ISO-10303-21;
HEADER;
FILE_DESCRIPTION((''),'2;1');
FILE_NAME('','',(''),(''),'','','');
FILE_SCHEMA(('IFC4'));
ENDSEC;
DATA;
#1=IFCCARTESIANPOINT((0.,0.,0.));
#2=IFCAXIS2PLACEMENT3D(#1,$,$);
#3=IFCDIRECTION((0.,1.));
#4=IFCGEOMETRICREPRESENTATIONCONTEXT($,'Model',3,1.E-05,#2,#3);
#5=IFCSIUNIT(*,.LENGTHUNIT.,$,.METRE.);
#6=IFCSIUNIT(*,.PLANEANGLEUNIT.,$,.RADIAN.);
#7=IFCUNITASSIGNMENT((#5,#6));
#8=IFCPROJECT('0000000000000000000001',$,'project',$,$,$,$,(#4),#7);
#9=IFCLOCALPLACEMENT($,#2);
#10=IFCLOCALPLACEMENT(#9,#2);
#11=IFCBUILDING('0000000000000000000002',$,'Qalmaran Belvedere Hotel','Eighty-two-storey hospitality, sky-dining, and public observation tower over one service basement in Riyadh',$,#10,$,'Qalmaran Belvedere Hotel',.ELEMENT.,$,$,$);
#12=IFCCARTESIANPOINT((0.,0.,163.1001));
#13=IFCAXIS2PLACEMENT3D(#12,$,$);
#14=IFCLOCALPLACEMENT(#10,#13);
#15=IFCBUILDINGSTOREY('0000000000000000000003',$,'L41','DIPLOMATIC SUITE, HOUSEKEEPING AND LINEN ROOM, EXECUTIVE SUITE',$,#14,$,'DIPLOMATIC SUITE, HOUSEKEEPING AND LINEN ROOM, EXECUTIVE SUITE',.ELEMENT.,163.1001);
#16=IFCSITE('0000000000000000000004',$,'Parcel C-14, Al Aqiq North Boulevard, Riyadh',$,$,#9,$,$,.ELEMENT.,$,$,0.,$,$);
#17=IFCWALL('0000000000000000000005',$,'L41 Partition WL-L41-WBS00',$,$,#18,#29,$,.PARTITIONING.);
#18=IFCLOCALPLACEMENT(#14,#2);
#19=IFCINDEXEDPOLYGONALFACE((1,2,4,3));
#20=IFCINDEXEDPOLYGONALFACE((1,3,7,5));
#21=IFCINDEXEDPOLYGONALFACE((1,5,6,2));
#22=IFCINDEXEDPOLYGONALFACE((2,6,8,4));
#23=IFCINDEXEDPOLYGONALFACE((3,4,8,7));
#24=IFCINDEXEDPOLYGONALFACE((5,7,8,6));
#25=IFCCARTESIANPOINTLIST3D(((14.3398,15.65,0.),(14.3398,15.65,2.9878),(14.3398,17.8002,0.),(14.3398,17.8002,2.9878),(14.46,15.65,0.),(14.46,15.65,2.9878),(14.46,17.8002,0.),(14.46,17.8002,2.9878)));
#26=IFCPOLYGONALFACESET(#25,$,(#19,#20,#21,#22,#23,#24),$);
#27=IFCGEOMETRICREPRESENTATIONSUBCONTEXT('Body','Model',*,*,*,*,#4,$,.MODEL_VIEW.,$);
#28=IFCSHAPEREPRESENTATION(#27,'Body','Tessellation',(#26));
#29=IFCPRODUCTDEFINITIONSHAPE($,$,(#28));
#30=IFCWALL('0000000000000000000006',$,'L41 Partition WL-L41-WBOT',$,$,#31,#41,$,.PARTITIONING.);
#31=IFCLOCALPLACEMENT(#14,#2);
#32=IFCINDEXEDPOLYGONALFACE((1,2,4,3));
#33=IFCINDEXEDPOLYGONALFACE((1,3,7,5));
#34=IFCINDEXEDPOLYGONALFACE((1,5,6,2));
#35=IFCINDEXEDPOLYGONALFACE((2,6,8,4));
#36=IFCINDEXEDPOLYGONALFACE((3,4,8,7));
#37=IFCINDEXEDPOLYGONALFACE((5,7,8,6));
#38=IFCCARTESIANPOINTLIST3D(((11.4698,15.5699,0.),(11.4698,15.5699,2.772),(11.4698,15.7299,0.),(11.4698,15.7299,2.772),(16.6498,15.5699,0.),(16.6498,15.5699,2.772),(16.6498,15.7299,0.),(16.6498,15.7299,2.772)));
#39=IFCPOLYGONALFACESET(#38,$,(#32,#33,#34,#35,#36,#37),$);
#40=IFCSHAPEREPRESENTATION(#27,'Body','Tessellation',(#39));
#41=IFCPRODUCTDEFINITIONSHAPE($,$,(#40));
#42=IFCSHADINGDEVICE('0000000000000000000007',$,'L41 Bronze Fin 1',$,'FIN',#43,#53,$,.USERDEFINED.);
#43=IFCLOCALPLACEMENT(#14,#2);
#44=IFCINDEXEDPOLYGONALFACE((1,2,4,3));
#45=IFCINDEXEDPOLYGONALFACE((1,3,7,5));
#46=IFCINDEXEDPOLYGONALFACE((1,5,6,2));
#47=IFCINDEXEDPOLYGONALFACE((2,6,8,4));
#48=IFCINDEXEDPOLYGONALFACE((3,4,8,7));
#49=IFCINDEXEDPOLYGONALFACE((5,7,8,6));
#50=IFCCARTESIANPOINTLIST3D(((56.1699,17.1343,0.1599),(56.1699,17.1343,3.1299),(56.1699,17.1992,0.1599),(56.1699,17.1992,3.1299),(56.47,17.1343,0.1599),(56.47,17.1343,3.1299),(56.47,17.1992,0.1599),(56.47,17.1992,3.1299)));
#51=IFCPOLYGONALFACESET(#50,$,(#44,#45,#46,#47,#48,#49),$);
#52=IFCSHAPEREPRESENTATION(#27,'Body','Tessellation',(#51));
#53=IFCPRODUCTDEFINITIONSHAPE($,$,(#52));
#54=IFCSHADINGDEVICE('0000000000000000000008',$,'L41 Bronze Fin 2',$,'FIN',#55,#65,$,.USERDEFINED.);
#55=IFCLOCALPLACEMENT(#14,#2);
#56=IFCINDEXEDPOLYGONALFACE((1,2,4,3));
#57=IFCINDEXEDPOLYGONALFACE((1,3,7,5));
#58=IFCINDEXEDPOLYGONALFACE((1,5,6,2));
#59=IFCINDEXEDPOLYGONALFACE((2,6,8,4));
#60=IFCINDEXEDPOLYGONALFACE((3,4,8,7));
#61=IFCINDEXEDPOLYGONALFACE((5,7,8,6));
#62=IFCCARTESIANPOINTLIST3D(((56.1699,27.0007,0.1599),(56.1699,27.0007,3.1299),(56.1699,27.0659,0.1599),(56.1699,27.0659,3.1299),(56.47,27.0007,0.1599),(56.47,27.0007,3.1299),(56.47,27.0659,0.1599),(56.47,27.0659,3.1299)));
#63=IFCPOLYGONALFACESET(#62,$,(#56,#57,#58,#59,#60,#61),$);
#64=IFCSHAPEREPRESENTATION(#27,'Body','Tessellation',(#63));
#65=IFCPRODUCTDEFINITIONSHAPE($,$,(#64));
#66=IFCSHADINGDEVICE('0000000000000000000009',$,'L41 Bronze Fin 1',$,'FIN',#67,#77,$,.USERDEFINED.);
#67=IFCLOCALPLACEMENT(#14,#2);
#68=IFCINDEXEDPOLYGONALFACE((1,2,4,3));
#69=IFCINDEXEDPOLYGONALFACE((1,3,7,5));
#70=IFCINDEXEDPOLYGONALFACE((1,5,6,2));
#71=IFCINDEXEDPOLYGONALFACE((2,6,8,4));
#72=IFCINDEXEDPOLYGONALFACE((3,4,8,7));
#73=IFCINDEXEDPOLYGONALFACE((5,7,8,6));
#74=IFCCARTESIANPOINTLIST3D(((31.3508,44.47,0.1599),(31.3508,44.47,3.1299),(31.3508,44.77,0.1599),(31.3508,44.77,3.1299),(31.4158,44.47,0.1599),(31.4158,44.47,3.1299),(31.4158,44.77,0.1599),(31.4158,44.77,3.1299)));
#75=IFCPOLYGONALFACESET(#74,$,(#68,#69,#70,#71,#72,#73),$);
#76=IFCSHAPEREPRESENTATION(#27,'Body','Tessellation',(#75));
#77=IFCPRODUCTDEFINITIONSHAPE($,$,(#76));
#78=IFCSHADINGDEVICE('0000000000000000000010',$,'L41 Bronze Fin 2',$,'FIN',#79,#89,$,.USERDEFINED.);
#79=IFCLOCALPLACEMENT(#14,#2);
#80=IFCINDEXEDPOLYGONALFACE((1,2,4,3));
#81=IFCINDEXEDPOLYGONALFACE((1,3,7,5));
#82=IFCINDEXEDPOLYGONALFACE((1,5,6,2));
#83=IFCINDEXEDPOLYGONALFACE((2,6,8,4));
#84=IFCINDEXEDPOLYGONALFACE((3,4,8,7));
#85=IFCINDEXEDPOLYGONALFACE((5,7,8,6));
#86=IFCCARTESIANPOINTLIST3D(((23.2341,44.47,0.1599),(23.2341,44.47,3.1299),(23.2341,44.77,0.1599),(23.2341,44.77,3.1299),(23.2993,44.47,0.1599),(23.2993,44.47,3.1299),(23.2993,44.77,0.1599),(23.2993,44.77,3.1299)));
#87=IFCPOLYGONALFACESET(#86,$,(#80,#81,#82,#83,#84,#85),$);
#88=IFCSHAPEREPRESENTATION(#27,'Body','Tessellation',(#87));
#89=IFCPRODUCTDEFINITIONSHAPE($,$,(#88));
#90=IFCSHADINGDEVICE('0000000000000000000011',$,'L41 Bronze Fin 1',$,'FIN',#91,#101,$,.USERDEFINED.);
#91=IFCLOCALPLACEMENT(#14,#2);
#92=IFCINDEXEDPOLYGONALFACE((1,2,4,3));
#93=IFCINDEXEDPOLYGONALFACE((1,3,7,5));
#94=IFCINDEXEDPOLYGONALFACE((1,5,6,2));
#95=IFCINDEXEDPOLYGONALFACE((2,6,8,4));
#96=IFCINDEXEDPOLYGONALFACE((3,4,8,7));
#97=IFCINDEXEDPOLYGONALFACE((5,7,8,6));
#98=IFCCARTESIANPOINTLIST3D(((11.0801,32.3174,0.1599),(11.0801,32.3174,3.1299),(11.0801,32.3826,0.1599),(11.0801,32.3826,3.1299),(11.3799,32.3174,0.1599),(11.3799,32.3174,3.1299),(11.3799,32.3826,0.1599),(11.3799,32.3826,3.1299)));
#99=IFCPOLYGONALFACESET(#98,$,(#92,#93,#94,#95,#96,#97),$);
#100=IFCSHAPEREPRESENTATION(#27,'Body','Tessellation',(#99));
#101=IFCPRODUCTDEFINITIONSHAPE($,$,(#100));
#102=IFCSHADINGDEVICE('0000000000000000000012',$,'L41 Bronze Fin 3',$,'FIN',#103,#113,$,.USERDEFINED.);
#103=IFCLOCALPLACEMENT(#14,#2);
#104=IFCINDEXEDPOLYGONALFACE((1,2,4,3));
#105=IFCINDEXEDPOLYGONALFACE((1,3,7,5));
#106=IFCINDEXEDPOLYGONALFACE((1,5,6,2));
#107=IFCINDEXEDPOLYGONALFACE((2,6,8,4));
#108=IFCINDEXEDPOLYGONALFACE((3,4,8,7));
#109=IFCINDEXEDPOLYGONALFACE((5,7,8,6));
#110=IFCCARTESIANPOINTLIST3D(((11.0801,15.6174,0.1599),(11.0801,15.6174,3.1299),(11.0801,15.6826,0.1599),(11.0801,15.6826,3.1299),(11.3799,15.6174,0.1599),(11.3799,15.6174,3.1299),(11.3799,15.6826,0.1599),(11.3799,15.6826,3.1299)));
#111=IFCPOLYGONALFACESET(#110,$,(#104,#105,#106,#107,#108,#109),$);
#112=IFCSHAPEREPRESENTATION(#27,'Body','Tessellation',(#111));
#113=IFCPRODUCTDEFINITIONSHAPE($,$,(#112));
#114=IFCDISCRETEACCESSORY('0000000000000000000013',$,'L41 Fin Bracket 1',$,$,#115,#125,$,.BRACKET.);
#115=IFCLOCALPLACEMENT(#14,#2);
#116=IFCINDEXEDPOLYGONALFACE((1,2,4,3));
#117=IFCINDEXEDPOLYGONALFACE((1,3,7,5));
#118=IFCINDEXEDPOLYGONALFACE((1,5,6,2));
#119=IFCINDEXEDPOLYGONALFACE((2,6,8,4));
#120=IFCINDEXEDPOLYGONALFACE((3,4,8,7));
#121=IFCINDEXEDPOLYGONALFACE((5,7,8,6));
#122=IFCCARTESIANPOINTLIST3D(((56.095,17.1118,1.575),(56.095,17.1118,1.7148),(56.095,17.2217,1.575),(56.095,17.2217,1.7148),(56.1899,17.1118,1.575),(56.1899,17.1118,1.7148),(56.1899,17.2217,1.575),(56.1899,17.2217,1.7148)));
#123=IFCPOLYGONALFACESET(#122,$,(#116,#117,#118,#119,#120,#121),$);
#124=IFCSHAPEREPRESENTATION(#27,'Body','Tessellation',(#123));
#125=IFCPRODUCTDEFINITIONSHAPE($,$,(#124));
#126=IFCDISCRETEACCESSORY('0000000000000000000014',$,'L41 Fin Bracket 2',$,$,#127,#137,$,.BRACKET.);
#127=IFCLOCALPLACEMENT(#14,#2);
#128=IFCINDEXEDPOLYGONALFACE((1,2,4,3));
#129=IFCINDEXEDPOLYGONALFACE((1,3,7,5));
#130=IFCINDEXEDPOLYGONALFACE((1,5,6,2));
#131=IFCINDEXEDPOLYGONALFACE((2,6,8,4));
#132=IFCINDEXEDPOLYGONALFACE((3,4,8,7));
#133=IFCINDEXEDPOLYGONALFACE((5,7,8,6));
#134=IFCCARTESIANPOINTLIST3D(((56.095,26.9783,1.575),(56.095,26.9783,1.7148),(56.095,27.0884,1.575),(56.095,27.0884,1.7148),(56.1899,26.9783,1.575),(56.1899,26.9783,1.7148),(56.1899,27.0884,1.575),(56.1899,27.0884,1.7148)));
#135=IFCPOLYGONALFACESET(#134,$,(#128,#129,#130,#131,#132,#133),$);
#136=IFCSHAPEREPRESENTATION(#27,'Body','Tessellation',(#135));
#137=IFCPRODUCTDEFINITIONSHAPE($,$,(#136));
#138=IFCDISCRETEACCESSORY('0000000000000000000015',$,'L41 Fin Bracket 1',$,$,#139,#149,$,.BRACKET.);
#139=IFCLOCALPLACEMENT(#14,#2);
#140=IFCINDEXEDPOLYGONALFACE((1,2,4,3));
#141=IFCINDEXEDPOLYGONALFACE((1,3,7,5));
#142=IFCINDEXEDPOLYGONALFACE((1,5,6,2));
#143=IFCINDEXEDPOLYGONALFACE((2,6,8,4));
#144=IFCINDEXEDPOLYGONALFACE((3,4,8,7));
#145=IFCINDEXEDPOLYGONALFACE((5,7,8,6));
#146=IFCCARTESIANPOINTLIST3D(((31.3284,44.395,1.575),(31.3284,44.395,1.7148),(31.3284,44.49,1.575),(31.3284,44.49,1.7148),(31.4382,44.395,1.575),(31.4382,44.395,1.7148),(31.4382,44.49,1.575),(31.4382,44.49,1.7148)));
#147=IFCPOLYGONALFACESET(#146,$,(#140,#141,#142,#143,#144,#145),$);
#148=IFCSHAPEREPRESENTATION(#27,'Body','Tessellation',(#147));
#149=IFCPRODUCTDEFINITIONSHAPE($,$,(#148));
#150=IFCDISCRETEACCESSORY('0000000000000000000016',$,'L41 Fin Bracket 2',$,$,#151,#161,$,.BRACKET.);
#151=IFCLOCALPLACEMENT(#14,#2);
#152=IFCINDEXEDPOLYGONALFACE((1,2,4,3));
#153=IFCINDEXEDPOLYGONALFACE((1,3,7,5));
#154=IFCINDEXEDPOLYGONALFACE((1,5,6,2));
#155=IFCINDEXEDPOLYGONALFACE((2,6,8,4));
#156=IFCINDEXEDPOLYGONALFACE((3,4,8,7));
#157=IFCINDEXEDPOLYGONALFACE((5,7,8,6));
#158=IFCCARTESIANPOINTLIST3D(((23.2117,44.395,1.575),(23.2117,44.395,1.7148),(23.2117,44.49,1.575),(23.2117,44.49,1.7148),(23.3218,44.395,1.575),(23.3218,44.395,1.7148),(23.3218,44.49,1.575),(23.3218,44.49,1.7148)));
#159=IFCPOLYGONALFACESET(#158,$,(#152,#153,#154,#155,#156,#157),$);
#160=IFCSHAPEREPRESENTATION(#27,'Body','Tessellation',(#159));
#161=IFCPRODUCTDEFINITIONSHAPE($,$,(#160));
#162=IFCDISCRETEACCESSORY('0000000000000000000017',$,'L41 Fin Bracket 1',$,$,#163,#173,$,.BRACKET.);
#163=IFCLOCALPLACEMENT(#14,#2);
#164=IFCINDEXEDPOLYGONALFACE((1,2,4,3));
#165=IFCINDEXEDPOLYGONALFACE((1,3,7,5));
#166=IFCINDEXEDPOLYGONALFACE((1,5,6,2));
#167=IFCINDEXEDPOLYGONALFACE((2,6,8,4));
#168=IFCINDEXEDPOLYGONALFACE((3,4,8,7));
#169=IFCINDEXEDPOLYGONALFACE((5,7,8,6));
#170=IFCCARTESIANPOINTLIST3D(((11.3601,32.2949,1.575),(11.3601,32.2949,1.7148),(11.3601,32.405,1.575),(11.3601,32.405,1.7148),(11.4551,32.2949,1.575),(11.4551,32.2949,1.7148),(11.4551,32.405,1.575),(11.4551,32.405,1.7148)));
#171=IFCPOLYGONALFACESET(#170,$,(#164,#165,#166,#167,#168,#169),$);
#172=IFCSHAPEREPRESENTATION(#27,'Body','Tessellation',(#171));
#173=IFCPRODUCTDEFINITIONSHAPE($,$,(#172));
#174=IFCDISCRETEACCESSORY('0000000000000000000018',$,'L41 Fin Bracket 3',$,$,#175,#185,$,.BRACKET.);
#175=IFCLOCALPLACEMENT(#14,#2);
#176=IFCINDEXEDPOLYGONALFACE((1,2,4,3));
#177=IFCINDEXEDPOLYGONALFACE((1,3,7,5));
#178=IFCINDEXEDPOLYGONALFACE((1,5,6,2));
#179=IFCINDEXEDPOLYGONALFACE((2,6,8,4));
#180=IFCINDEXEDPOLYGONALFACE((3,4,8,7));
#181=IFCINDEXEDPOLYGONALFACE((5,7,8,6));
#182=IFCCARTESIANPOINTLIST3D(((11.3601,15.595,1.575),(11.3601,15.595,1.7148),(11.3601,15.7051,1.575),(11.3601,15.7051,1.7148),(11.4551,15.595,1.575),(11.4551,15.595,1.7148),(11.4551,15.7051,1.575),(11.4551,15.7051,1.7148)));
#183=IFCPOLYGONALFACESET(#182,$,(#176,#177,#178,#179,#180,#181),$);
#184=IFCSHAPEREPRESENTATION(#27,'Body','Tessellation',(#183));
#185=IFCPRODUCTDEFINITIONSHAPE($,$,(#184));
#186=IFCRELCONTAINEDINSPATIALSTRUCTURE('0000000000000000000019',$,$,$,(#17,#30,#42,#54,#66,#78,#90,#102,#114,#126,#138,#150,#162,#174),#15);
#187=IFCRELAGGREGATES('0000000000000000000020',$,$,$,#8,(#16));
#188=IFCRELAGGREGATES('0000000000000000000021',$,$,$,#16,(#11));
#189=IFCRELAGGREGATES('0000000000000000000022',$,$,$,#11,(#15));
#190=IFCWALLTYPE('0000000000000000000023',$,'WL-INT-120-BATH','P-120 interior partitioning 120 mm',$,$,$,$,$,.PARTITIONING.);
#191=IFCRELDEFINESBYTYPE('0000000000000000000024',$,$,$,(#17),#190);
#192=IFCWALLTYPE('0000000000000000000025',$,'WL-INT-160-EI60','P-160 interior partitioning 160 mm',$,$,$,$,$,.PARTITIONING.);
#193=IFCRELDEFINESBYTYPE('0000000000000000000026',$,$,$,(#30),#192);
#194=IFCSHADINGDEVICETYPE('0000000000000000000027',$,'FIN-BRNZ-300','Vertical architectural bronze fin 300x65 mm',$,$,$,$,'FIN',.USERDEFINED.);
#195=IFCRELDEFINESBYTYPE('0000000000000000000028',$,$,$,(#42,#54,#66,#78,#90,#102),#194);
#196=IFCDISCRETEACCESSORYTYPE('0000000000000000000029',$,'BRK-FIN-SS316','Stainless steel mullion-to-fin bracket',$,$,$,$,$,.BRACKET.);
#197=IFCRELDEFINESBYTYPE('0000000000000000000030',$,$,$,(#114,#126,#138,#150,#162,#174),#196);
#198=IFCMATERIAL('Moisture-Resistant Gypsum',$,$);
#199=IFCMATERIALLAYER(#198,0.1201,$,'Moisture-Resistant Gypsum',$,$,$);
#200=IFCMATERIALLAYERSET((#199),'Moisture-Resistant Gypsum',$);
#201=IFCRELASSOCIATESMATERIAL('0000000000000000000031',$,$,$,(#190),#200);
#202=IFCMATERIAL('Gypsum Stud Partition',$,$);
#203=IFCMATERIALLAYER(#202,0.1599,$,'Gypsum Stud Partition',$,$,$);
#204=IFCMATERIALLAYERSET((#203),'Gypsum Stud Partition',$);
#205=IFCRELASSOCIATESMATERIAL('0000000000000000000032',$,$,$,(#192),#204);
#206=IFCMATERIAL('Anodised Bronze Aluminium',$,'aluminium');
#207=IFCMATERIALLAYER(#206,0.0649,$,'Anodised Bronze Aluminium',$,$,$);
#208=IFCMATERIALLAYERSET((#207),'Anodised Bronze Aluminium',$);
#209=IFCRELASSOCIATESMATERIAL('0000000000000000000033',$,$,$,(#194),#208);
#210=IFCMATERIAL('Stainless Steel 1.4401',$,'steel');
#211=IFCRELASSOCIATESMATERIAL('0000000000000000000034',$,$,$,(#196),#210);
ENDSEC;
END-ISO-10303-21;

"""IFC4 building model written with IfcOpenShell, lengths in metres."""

from ifc_helpers import new_model, si_unit, direction, frame, frame_2d, origin, place, context, subcontext, project, spatial, polyline, rectangle, outline, extrude, material, layer, layer_set, type_object, element, save


model = new_model("IFC4")

# Units and contexts
model_context = context("Model", 3, precision=1e-05, world=origin(), true_north=direction((0.0, 1.0)))
body_context = subcontext(model_context, "Body", "Model", "MODEL_VIEW")
ifc_project = project(units=[si_unit("LENGTHUNIT", "METRE"), si_unit("PLANEANGLEUNIT", "RADIAN")], contexts=[model_context])

# Site, building, storey
site_placement = place(None, origin())
site = spatial("IfcSite", under=ifc_project, at=site_placement, Name="Parcel C-14, Al Aqiq North Boulevard, Riyadh", CompositionType="ELEMENT", RefElevation=0.0)
building_placement = place(site_placement, origin())
building = spatial("IfcBuilding", under=site, at=building_placement, Name="Qalmaran Belvedere Hotel", Description="Eighty-two-storey hospitality, sky-dining, and public observation tower over one service basement in Riyadh", LongName="Qalmaran Belvedere Hotel", CompositionType="ELEMENT")
storey_placement = place(building_placement, frame((0.0, 0.0, 163.1001)))
storey = spatial("IfcBuildingStorey", under=building, at=storey_placement, Name="L41", Description="DIPLOMATIC SUITE, HOUSEKEEPING AND LINEN ROOM, EXECUTIVE SUITE", LongName="DIPLOMATIC SUITE, HOUSEKEEPING AND LINEN ROOM, EXECUTIVE SUITE", CompositionType="ELEMENT", Elevation=163.1001)

# Shared definitions
ifc_material_1 = material(Name="Anodised Bronze Aluminium", Category="aluminium")

# Walls
ifc_material_2 = material(Name="Moisture-Resistant Gypsum")
ifc_layer_1 = layer(ifc_material_2, 0.1201, Name="Moisture-Resistant Gypsum")
ifc_layer_set_1 = layer_set([ifc_layer_1], Name="Moisture-Resistant Gypsum")
wall_type_1 = type_object("IfcWallType", Name="WL-INT-120-BATH", Description="P-120 interior partitioning 120 mm", PredefinedType="PARTITIONING", material=ifc_layer_set_1)
wall_1_placement = place(storey_placement, frame((14.3999, 15.6499, 0.0), z_axis=(0.0, 0.0, 1.0), x_axis=(0.0, 1.0, 0.0)))
element("IfcWall", 1, at=wall_1_placement, inside=storey, type_object=wall_type_1, Name="L41 Partition WL-L41-WBS00", PredefinedType="PARTITIONING", context=body_context, shape_type="SweptSolid", body=[
    extrude(rectangle(XDim=2.1501, YDim=0.1201, at=frame_2d((1.0752, 0.0))), origin(), (0.0, 0.0, 1.0), 2.9878),
])
ifc_material_3 = material(Name="Gypsum Stud Partition")
ifc_layer_2 = layer(ifc_material_3, 0.1599, Name="Gypsum Stud Partition")
ifc_layer_set_2 = layer_set([ifc_layer_2], Name="Gypsum Stud Partition")
wall_type_2 = type_object("IfcWallType", Name="WL-INT-160-EI60", Description="P-160 interior partitioning 160 mm", PredefinedType="PARTITIONING", material=ifc_layer_set_2)
wall_2_placement = place(storey_placement, frame((11.47, 15.6499, 0.0), z_axis=(0.0, 0.0, 1.0), x_axis=(1.0, 0.0, 0.0)))
element("IfcWall", 2, at=wall_2_placement, inside=storey, type_object=wall_type_2, Name="L41 Partition WL-L41-WBOT", PredefinedType="PARTITIONING", context=body_context, shape_type="SweptSolid", body=[
    extrude(rectangle(XDim=5.1799, YDim=0.1599, at=frame_2d((2.5898, 0.0))), origin(), (0.0, 0.0, 1.0), 2.772),
])

# Shading devices
ifc_layer_3 = layer(ifc_material_1, 0.0649, Name="Anodised Bronze Aluminium")
ifc_layer_set_3 = layer_set([ifc_layer_3], Name="Anodised Bronze Aluminium")
shading_device_type = type_object("IfcShadingDeviceType", Name="FIN-BRNZ-300", Description="Vertical architectural bronze fin 300x65 mm", ElementType="FIN", PredefinedType="USERDEFINED", material=ifc_layer_set_3)
shading_device_1_placement = place(storey_placement, frame((0.0, 0.0, 0.1599)))
element("IfcShadingDevice", 3, at=shading_device_1_placement, inside=storey, type_object=shading_device_type, Name="L41 Bronze Fin 1", ObjectType="FIN", PredefinedType="USERDEFINED", context=body_context, shape_type="SweptSolid", body=[
    extrude(outline(polyline([(56.1699, 17.1343), (56.47, 17.1343), (56.47, 17.1992), (56.1699, 17.1992), (56.1699, 17.1343)])), origin(), (0.0, 0.0, 1.0), 2.97),
])
shading_device_2_placement = place(storey_placement, frame((0.0, 0.0, 0.1599)))
element("IfcShadingDevice", 4, at=shading_device_2_placement, inside=storey, type_object=shading_device_type, Name="L41 Bronze Fin 2", ObjectType="FIN", PredefinedType="USERDEFINED", context=body_context, shape_type="SweptSolid", body=[
    extrude(outline(polyline([(56.1699, 27.0007), (56.47, 27.0007), (56.47, 27.0659), (56.1699, 27.0659), (56.1699, 27.0007)])), origin(), (0.0, 0.0, 1.0), 2.97),
])
shading_device_3_placement = place(storey_placement, frame((0.0, 0.0, 0.1599)))
element("IfcShadingDevice", 5, at=shading_device_3_placement, inside=storey, type_object=shading_device_type, Name="L41 Bronze Fin 1", ObjectType="FIN", PredefinedType="USERDEFINED", context=body_context, shape_type="SweptSolid", body=[
    extrude(outline(polyline([(31.4158, 44.47), (31.4158, 44.77), (31.3508, 44.77), (31.3508, 44.47), (31.4158, 44.47)])), origin(), (0.0, 0.0, 1.0), 2.97),
])
shading_device_4_placement = place(storey_placement, frame((0.0, 0.0, 0.1599)))
element("IfcShadingDevice", 6, at=shading_device_4_placement, inside=storey, type_object=shading_device_type, Name="L41 Bronze Fin 2", ObjectType="FIN", PredefinedType="USERDEFINED", context=body_context, shape_type="SweptSolid", body=[
    extrude(outline(polyline([(23.2993, 44.47), (23.2993, 44.77), (23.2341, 44.77), (23.2341, 44.47), (23.2993, 44.47)])), origin(), (0.0, 0.0, 1.0), 2.97),
])
shading_device_5_placement = place(storey_placement, frame((0.0, 0.0, 0.1599)))
element("IfcShadingDevice", 7, at=shading_device_5_placement, inside=storey, type_object=shading_device_type, Name="L41 Bronze Fin 1", ObjectType="FIN", PredefinedType="USERDEFINED", context=body_context, shape_type="SweptSolid", body=[
    extrude(outline(polyline([(11.3799, 32.3826), (11.0801, 32.3826), (11.0801, 32.3174), (11.3799, 32.3174), (11.3799, 32.3826)])), origin(), (0.0, 0.0, 1.0), 2.97),
])
shading_device_6_placement = place(storey_placement, frame((0.0, 0.0, 0.1599)))
element("IfcShadingDevice", 8, at=shading_device_6_placement, inside=storey, type_object=shading_device_type, Name="L41 Bronze Fin 3", ObjectType="FIN", PredefinedType="USERDEFINED", context=body_context, shape_type="SweptSolid", body=[
    extrude(outline(polyline([(11.3799, 15.6826), (11.0801, 15.6826), (11.0801, 15.6174), (11.3799, 15.6174), (11.3799, 15.6826)])), origin(), (0.0, 0.0, 1.0), 2.97),
])

# Discrete accessories
ifc_material_4 = material(Name="Stainless Steel 1.4401", Category="steel")
discrete_accessory_type_1 = type_object("IfcDiscreteAccessoryType", Name="BRK-FIN-SS316", Description="Stainless steel mullion-to-fin bracket", PredefinedType="BRACKET", material=ifc_material_4)
discrete_accessory_1_placement = place(storey_placement, frame((0.0, 0.0, 1.575)))
element("IfcDiscreteAccessory", 9, at=discrete_accessory_1_placement, inside=storey, type_object=discrete_accessory_type_1, Name="L41 Fin Bracket 1", PredefinedType="BRACKET", context=body_context, shape_type="SweptSolid", body=[
    extrude(outline(polyline([(56.095, 17.1118), (56.1899, 17.1118), (56.1899, 17.2217), (56.095, 17.2217), (56.095, 17.1118)])), origin(), (0.0, 0.0, 1.0), 0.1399),
])
discrete_accessory_2_placement = place(storey_placement, frame((0.0, 0.0, 1.575)))
element("IfcDiscreteAccessory", 10, at=discrete_accessory_2_placement, inside=storey, type_object=discrete_accessory_type_1, Name="L41 Fin Bracket 2", PredefinedType="BRACKET", context=body_context, shape_type="SweptSolid", body=[
    extrude(outline(polyline([(56.095, 26.9783), (56.1899, 26.9783), (56.1899, 27.0884), (56.095, 27.0884), (56.095, 26.9783)])), origin(), (0.0, 0.0, 1.0), 0.1399),
])
discrete_accessory_3_placement = place(storey_placement, frame((0.0, 0.0, 1.575)))
element("IfcDiscreteAccessory", 11, at=discrete_accessory_3_placement, inside=storey, type_object=discrete_accessory_type_1, Name="L41 Fin Bracket 1", PredefinedType="BRACKET", context=body_context, shape_type="SweptSolid", body=[
    extrude(outline(polyline([(31.4382, 44.395), (31.4382, 44.49), (31.3284, 44.49), (31.3284, 44.395), (31.4382, 44.395)])), origin(), (0.0, 0.0, 1.0), 0.1399),
])
discrete_accessory_4_placement = place(storey_placement, frame((0.0, 0.0, 1.575)))
element("IfcDiscreteAccessory", 12, at=discrete_accessory_4_placement, inside=storey, type_object=discrete_accessory_type_1, Name="L41 Fin Bracket 2", PredefinedType="BRACKET", context=body_context, shape_type="SweptSolid", body=[
    extrude(outline(polyline([(23.3218, 44.395), (23.3218, 44.49), (23.2117, 44.49), (23.2117, 44.395), (23.3218, 44.395)])), origin(), (0.0, 0.0, 1.0), 0.1399),
])
discrete_accessory_5_placement = place(storey_placement, frame((0.0, 0.0, 1.575)))
element("IfcDiscreteAccessory", 13, at=discrete_accessory_5_placement, inside=storey, type_object=discrete_accessory_type_1, Name="L41 Fin Bracket 1", PredefinedType="BRACKET", context=body_context, shape_type="SweptSolid", body=[
    extrude(outline(polyline([(11.4551, 32.405), (11.3601, 32.405), (11.3601, 32.2949), (11.4551, 32.2949), (11.4551, 32.405)])), origin(), (0.0, 0.0, 1.0), 0.1399),
])
discrete_accessory_6_placement = place(storey_placement, frame((0.0, 0.0, 1.575)))
element("IfcDiscreteAccessory", 14, at=discrete_accessory_6_placement, inside=storey, type_object=discrete_accessory_type_1, Name="L41 Fin Bracket 3", PredefinedType="BRACKET", context=body_context, shape_type="SweptSolid", body=[
    extrude(outline(polyline([(11.4551, 15.7051), (11.3601, 15.7051), (11.3601, 15.595), (11.4551, 15.595), (11.4551, 15.7051)])), origin(), (0.0, 0.0, 1.0), 0.1399),
])

save(model, "model.ifc")
